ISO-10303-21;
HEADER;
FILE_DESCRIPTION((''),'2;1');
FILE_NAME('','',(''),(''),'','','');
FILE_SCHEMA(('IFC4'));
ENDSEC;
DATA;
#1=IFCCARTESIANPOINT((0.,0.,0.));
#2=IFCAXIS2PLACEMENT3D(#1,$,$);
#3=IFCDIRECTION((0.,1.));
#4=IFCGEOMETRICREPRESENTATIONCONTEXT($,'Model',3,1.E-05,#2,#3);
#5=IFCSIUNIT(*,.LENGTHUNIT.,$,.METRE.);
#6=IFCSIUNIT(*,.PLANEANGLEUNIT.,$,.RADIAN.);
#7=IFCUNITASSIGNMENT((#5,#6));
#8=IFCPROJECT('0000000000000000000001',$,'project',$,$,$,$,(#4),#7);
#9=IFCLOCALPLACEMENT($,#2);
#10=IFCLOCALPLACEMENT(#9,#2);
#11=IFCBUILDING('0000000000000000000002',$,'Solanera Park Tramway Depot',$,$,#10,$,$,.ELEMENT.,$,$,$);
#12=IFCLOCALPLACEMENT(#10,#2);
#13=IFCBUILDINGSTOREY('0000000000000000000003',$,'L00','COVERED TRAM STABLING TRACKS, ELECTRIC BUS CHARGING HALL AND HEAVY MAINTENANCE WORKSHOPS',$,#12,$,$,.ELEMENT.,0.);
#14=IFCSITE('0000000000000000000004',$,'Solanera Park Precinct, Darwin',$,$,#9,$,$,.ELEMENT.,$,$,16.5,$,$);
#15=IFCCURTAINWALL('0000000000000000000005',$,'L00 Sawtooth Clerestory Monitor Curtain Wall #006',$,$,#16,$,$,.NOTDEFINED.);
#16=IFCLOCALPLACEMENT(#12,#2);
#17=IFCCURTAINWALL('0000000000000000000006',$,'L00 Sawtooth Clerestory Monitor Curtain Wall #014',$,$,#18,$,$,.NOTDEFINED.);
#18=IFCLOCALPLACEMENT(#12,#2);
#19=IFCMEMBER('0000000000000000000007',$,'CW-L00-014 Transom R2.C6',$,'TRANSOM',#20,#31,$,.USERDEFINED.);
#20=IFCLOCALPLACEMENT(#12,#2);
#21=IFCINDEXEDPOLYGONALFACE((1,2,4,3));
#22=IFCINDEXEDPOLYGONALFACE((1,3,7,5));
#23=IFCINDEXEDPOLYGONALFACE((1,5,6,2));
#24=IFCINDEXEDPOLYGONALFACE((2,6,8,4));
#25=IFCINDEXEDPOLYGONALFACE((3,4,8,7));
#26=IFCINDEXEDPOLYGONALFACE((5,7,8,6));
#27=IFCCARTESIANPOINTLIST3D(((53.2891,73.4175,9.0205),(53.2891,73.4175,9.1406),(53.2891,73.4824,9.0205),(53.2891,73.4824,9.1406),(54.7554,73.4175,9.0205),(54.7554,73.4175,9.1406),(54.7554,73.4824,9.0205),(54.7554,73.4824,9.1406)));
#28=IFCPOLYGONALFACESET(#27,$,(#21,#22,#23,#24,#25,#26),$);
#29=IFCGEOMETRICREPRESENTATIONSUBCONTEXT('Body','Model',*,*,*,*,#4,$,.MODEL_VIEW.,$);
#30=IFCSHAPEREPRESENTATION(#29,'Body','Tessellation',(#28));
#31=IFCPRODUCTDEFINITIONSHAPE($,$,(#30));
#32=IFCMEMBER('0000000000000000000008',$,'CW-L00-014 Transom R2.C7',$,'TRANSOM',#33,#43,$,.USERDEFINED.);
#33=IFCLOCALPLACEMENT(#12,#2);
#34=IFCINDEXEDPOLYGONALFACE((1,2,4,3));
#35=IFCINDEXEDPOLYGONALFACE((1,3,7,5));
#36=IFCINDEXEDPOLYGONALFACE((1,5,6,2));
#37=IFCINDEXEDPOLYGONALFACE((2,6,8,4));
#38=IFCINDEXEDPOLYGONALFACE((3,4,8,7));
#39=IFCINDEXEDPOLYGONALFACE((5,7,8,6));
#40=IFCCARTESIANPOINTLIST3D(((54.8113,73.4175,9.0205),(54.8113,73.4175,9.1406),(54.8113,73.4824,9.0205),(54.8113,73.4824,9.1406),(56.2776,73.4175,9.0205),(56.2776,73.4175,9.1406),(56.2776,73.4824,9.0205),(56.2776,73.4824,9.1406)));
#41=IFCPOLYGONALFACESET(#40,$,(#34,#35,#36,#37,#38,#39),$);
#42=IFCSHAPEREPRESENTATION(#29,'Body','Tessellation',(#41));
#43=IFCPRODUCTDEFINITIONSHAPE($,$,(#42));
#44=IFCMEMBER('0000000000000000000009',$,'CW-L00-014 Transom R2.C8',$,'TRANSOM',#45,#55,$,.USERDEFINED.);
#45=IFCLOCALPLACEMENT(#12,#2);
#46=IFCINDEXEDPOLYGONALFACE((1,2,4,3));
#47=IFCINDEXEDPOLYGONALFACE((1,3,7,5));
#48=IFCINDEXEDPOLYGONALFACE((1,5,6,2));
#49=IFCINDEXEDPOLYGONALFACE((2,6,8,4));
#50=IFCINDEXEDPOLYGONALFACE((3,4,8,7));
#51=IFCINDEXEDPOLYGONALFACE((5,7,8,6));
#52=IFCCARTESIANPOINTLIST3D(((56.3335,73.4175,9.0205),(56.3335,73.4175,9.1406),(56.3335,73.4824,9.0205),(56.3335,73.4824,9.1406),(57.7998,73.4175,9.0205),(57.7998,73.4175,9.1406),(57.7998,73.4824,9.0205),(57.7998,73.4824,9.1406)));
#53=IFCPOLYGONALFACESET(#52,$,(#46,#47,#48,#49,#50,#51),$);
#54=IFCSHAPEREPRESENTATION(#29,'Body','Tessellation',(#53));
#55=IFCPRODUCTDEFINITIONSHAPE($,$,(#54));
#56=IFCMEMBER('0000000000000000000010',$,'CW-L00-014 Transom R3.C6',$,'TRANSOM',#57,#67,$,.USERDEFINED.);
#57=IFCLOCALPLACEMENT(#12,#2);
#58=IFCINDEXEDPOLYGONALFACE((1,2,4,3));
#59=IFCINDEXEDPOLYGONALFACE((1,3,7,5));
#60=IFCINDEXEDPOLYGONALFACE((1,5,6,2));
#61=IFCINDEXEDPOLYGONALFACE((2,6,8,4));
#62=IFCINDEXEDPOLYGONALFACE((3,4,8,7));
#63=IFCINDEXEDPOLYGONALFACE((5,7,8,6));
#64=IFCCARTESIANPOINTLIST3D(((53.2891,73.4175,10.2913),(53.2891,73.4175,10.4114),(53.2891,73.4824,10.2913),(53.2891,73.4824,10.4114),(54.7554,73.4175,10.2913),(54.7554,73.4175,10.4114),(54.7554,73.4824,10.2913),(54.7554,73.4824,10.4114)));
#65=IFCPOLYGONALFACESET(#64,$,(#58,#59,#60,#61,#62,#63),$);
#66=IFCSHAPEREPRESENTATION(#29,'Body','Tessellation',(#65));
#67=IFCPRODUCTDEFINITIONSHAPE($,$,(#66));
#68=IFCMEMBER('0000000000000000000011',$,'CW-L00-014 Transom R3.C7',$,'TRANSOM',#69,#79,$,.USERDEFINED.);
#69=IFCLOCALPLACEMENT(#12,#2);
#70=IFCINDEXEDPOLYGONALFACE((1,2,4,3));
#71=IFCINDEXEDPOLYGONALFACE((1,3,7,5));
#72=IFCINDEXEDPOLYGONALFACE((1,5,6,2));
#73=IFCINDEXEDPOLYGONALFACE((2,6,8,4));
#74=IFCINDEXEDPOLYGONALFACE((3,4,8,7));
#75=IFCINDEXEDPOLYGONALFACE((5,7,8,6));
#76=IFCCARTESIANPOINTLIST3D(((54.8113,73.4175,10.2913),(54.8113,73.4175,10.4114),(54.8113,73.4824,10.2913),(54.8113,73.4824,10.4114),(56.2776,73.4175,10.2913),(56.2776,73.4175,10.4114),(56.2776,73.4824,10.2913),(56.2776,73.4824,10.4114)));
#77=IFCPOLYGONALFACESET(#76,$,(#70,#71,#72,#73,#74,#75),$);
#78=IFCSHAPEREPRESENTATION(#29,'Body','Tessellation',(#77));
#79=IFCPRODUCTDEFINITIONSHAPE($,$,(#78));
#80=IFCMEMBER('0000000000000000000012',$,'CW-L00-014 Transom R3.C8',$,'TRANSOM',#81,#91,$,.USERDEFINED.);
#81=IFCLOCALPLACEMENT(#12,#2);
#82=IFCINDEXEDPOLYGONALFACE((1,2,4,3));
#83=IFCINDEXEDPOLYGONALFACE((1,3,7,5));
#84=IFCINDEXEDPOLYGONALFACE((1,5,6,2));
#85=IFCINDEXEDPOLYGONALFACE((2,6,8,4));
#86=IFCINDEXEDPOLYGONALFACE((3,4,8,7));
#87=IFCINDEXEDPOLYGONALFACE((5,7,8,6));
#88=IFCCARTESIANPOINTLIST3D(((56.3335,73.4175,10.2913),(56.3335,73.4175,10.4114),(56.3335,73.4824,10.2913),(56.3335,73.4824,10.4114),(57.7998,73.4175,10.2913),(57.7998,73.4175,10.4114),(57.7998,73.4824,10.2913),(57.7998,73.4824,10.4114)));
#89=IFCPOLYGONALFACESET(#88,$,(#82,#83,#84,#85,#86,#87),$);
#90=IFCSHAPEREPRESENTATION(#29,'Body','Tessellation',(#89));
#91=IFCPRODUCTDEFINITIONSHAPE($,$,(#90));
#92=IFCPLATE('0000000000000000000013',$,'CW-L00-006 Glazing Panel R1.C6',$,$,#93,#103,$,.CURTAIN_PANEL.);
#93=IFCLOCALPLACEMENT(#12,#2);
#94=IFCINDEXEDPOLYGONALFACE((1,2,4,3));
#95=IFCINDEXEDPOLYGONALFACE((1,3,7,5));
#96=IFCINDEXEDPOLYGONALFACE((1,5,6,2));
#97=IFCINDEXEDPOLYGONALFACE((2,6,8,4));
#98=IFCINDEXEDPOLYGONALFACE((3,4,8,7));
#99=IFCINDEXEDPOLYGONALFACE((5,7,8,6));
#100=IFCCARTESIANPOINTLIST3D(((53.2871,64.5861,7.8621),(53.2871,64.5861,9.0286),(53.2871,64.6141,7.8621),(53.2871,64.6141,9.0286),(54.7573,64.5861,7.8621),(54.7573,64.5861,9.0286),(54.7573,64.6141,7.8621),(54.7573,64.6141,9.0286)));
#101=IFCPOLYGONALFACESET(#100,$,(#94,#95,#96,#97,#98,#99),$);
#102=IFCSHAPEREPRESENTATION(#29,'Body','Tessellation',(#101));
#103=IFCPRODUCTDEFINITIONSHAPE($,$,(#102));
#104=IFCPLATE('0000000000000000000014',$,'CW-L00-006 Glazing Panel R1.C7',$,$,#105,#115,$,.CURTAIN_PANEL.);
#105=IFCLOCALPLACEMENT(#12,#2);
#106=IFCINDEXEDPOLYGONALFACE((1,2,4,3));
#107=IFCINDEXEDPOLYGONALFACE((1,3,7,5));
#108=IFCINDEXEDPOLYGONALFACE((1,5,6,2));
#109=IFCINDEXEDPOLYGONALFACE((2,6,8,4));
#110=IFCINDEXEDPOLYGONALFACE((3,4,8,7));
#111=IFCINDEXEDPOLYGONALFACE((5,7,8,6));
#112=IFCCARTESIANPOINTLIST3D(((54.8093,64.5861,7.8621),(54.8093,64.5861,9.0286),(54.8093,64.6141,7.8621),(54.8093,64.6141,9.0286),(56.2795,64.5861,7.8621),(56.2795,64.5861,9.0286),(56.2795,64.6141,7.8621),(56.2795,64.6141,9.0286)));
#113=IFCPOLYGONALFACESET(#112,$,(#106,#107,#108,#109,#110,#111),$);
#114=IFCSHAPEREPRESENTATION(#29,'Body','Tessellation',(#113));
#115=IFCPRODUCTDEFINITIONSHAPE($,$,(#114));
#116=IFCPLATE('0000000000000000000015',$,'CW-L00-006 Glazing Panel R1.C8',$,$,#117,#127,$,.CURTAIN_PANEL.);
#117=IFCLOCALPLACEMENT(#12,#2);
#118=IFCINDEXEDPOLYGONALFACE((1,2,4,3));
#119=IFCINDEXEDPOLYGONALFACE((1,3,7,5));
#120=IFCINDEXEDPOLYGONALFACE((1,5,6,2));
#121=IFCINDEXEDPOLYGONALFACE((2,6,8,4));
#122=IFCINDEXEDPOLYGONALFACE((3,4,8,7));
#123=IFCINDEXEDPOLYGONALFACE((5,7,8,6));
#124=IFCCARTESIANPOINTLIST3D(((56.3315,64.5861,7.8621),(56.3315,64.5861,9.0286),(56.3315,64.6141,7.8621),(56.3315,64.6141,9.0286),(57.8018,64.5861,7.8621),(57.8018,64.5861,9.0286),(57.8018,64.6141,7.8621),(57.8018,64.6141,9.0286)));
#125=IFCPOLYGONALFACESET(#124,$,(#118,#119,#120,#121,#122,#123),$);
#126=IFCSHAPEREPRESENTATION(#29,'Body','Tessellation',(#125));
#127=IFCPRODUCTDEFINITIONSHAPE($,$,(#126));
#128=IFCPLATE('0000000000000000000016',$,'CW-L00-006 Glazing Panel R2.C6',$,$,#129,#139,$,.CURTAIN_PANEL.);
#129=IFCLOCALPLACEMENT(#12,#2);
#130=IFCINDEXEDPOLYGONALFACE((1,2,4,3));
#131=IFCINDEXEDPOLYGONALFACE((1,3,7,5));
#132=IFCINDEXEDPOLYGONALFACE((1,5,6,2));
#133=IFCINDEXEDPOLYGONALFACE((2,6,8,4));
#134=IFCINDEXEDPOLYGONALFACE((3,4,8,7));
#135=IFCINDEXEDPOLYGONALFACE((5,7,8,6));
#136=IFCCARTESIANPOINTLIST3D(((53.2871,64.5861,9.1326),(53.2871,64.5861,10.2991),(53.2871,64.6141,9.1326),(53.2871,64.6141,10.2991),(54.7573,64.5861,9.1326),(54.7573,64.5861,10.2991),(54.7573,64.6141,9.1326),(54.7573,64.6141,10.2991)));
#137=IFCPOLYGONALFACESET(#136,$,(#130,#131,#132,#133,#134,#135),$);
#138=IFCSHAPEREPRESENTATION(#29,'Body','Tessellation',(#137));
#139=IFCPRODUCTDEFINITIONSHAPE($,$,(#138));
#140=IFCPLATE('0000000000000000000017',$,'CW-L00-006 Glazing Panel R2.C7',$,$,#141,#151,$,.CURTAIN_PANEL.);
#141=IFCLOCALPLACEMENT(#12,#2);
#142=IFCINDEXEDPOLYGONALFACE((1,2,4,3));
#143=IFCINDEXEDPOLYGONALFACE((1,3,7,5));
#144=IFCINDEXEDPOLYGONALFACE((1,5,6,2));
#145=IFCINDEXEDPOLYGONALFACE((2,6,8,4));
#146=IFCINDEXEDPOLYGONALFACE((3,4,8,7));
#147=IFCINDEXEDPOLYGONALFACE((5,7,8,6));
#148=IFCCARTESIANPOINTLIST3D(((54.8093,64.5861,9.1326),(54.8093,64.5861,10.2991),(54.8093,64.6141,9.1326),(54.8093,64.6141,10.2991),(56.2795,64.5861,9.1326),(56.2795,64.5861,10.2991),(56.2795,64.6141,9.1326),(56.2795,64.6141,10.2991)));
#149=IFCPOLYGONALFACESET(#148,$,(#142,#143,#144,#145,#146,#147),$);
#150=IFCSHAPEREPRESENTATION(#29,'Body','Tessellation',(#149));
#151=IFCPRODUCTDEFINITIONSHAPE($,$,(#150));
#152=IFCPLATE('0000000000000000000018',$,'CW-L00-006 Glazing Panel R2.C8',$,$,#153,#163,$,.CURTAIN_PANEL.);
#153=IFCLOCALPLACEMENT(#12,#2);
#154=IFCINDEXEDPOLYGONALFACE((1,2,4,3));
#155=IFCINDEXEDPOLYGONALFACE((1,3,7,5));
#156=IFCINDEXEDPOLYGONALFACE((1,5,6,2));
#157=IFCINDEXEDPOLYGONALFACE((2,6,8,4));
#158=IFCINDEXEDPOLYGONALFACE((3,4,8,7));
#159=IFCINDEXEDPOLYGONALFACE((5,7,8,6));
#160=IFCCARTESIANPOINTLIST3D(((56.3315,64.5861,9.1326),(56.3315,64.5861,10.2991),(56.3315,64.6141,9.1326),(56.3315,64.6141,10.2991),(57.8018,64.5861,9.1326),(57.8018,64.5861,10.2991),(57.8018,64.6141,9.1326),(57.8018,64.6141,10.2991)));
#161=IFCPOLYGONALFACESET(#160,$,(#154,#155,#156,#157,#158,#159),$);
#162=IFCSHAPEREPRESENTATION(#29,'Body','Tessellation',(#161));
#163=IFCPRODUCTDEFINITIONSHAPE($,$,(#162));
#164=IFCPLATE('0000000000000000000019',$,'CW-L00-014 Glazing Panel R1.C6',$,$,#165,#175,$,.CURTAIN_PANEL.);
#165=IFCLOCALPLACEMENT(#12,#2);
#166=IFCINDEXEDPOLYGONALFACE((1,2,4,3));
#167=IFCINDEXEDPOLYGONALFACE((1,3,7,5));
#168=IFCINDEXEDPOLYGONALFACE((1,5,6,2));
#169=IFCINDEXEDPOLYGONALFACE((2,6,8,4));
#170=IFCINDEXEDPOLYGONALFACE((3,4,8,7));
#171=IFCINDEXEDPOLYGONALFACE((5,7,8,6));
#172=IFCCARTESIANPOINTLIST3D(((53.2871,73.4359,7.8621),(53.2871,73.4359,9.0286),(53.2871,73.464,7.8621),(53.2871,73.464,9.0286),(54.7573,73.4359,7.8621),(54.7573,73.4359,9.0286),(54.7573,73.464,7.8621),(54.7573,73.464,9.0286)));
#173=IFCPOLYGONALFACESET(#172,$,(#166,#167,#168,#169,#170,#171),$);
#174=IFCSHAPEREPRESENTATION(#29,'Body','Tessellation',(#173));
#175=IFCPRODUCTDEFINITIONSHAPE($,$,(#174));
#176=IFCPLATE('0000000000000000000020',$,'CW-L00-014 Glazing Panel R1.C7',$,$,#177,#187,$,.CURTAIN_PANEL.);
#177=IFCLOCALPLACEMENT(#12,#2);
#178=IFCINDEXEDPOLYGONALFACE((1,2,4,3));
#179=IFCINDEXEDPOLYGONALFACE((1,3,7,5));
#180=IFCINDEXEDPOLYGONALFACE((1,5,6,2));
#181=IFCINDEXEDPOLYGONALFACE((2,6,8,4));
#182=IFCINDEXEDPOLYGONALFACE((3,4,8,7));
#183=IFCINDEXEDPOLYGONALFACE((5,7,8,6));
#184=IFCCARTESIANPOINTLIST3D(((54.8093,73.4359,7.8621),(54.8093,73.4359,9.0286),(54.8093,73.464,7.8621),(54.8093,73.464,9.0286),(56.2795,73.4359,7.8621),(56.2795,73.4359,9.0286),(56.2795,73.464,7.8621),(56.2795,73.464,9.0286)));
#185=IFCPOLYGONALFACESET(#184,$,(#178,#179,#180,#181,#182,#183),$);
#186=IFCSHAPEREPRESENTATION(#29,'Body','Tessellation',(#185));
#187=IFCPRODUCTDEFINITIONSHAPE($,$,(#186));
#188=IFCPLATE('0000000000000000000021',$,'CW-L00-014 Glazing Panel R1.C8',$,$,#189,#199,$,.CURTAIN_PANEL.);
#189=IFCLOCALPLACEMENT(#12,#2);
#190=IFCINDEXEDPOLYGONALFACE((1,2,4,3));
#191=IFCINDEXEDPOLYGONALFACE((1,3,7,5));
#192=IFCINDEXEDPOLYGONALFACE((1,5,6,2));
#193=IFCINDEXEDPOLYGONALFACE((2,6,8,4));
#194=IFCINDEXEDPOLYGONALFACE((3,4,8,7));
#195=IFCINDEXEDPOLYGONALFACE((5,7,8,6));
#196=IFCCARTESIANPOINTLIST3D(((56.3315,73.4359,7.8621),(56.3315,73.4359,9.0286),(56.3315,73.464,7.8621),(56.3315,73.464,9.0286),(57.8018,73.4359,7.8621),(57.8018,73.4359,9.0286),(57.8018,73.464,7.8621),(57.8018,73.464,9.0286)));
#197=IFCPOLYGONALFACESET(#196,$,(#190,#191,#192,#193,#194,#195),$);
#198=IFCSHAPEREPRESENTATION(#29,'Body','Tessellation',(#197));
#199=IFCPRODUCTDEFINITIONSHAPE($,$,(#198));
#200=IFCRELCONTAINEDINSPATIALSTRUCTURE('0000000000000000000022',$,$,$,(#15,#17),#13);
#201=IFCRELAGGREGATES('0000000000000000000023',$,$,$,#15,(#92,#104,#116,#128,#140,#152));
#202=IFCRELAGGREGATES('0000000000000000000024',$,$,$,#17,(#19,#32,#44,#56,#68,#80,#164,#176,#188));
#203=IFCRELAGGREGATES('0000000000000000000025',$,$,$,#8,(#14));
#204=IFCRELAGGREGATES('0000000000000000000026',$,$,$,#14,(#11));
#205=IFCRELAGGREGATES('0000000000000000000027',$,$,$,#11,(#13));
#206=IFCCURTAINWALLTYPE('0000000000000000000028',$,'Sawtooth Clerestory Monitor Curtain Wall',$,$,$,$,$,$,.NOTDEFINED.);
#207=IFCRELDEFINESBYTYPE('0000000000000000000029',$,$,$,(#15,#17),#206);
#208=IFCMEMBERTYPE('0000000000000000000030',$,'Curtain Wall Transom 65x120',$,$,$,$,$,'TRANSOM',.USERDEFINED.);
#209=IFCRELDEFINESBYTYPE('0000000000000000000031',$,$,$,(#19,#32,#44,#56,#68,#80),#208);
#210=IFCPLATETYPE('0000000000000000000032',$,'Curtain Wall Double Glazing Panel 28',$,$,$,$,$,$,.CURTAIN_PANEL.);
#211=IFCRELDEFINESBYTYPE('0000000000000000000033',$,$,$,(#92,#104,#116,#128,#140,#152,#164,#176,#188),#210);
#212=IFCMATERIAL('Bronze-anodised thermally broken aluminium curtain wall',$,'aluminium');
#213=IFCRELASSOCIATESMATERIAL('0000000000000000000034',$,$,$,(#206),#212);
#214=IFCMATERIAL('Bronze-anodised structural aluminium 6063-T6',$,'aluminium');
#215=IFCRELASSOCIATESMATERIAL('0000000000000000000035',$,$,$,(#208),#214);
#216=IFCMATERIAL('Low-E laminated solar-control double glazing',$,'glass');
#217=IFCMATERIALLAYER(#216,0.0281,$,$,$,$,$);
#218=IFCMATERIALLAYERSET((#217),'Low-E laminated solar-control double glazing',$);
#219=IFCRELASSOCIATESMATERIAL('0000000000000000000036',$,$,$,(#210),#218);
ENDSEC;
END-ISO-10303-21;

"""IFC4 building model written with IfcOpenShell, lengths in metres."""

from ifc_helpers import new_model, si_unit, direction, frame, origin, origin_2d, place, context, subcontext, project, spatial, rectangle, extrude, material, layer, layer_set, material_profile, profile_set, type_object, element, aggregate, save


model = new_model("IFC4")

# Units and contexts
model_context = context("Model", 3, precision=1e-05, world=origin(), true_north=direction((0.0, 1.0)))
body_context = subcontext(model_context, "Body", "Model", "MODEL_VIEW")
ifc_project = project(units=[si_unit("LENGTHUNIT", "METRE"), si_unit("PLANEANGLEUNIT", "RADIAN")], contexts=[model_context])

# Site, building, storey
site_placement = place(None, origin())
site = spatial("IfcSite", under=ifc_project, at=site_placement, Name="Solanera Park Precinct, Darwin", CompositionType="ELEMENT", RefElevation=16.5)
building_placement = place(site_placement, origin())
building = spatial("IfcBuilding", under=site, at=building_placement, Name="Solanera Park Tramway Depot", CompositionType="ELEMENT")
storey_placement = place(building_placement, origin())
storey = spatial("IfcBuildingStorey", under=building, at=storey_placement, Name="L00", Description="COVERED TRAM STABLING TRACKS, ELECTRIC BUS CHARGING HALL AND HEAVY MAINTENANCE WORKSHOPS", CompositionType="ELEMENT", Elevation=0.0)

# Curtain walls
ifc_material_1 = material(Name="Bronze-anodised thermally broken aluminium curtain wall", Category="aluminium")
curtain_wall_type = type_object("IfcCurtainWallType", Name="Sawtooth Clerestory Monitor Curtain Wall", PredefinedType="NOTDEFINED", material=ifc_material_1)
curtain_wall_1_placement = place(storey_placement, origin())
curtain_wall_1 = element("IfcCurtainWall", 1, at=curtain_wall_1_placement, inside=storey, type_object=curtain_wall_type, Name="L00 Sawtooth Clerestory Monitor Curtain Wall #006", PredefinedType="NOTDEFINED")
curtain_wall_2_placement = place(storey_placement, origin())
curtain_wall_2 = element("IfcCurtainWall", 2, at=curtain_wall_2_placement, inside=storey, type_object=curtain_wall_type, Name="L00 Sawtooth Clerestory Monitor Curtain Wall #014", PredefinedType="NOTDEFINED")

# Members
ifc_material_2 = material(Name="Bronze-anodised structural aluminium 6063-T6", Category="aluminium")
ifc_material_profile_1 = material_profile(ifc_material_2, rectangle(XDim=0.0649, YDim=0.1201, at=origin_2d()), Name="Curtain Wall Transom 65x120")
ifc_profile_set_1 = profile_set([ifc_material_profile_1], Name="Bronze-anodised structural aluminium 6063-T6")
member_type_1 = type_object("IfcMemberType", Name="Curtain Wall Transom 65x120", ElementType="TRANSOM", PredefinedType="USERDEFINED", material=ifc_profile_set_1)
member_1_placement = place(storey_placement, frame((53.2891, 73.45, 9.0806), z_axis=(1.0, 0.0, 0.0), x_axis=(0.0, 1.0, 0.0)))
member_1 = element("IfcMember", 3, at=member_1_placement, type_object=member_type_1, Name="CW-L00-014 Transom R2.C6", ObjectType="TRANSOM", PredefinedType="USERDEFINED", context=body_context, shape_type="SweptSolid", body=[
    extrude(rectangle(XDim=0.0649, YDim=0.1201, at=origin_2d()), origin(), (0.0, 0.0, 1.0), 1.4663),
])
member_2_placement = place(storey_placement, frame((54.8113, 73.45, 9.0806), z_axis=(1.0, 0.0, 0.0), x_axis=(0.0, 1.0, 0.0)))
member_2 = element("IfcMember", 4, at=member_2_placement, type_object=member_type_1, Name="CW-L00-014 Transom R2.C7", ObjectType="TRANSOM", PredefinedType="USERDEFINED", context=body_context, shape_type="SweptSolid", body=[
    extrude(rectangle(XDim=0.0649, YDim=0.1201, at=origin_2d()), origin(), (0.0, 0.0, 1.0), 1.4663),
])
member_3_placement = place(storey_placement, frame((56.3335, 73.45, 9.0806), z_axis=(1.0, 0.0, 0.0), x_axis=(0.0, 1.0, 0.0)))
member_3 = element("IfcMember", 5, at=member_3_placement, type_object=member_type_1, Name="CW-L00-014 Transom R2.C8", ObjectType="TRANSOM", PredefinedType="USERDEFINED", context=body_context, shape_type="SweptSolid", body=[
    extrude(rectangle(XDim=0.0649, YDim=0.1201, at=origin_2d()), origin(), (0.0, 0.0, 1.0), 1.4663),
])
member_4_placement = place(storey_placement, frame((53.2891, 73.45, 10.3513), z_axis=(1.0, 0.0, 0.0), x_axis=(0.0, 1.0, 0.0)))
member_4 = element("IfcMember", 6, at=member_4_placement, type_object=member_type_1, Name="CW-L00-014 Transom R3.C6", ObjectType="TRANSOM", PredefinedType="USERDEFINED", context=body_context, shape_type="SweptSolid", body=[
    extrude(rectangle(XDim=0.0649, YDim=0.1201, at=origin_2d()), origin(), (0.0, 0.0, 1.0), 1.4663),
])
member_5_placement = place(storey_placement, frame((54.8113, 73.45, 10.3513), z_axis=(1.0, 0.0, 0.0), x_axis=(0.0, 1.0, 0.0)))
member_5 = element("IfcMember", 7, at=member_5_placement, type_object=member_type_1, Name="CW-L00-014 Transom R3.C7", ObjectType="TRANSOM", PredefinedType="USERDEFINED", context=body_context, shape_type="SweptSolid", body=[
    extrude(rectangle(XDim=0.0649, YDim=0.1201, at=origin_2d()), origin(), (0.0, 0.0, 1.0), 1.4663),
])
member_6_placement = place(storey_placement, frame((56.3335, 73.45, 10.3513), z_axis=(1.0, 0.0, 0.0), x_axis=(0.0, 1.0, 0.0)))
member_6 = element("IfcMember", 8, at=member_6_placement, type_object=member_type_1, Name="CW-L00-014 Transom R3.C8", ObjectType="TRANSOM", PredefinedType="USERDEFINED", context=body_context, shape_type="SweptSolid", body=[
    extrude(rectangle(XDim=0.0649, YDim=0.1201, at=origin_2d()), origin(), (0.0, 0.0, 1.0), 1.4663),
])

# Plates
ifc_material_3 = material(Name="Low-E laminated solar-control double glazing", Category="glass")
ifc_layer = layer(ifc_material_3, 0.0281)
ifc_layer_set = layer_set([ifc_layer], Name="Low-E laminated solar-control double glazing")
plate_type = type_object("IfcPlateType", Name="Curtain Wall Double Glazing Panel 28", PredefinedType="CURTAIN_PANEL", material=ifc_layer_set)
plate_1_placement = place(storey_placement, frame((54.0222, 64.6001, 7.8621), z_axis=(0.0, 0.0, 1.0), x_axis=(1.0, 0.0, 0.0)))
plate_1 = element("IfcPlate", 9, at=plate_1_placement, type_object=plate_type, Name="CW-L00-006 Glazing Panel R1.C6", PredefinedType="CURTAIN_PANEL", context=body_context, shape_type="SweptSolid", body=[
    extrude(rectangle(XDim=1.4702, YDim=0.0281, at=origin_2d()), origin(), (0.0, 0.0, 1.0), 1.1665),
])
plate_2_placement = place(storey_placement, frame((55.5444, 64.6001, 7.8621), z_axis=(0.0, 0.0, 1.0), x_axis=(1.0, 0.0, 0.0)))
plate_2 = element("IfcPlate", 10, at=plate_2_placement, type_object=plate_type, Name="CW-L00-006 Glazing Panel R1.C7", PredefinedType="CURTAIN_PANEL", context=body_context, shape_type="SweptSolid", body=[
    extrude(rectangle(XDim=1.4702, YDim=0.0281, at=origin_2d()), origin(), (0.0, 0.0, 1.0), 1.1665),
])
plate_3_placement = place(storey_placement, frame((57.0667, 64.6001, 7.8621), z_axis=(0.0, 0.0, 1.0), x_axis=(1.0, 0.0, 0.0)))
plate_3 = element("IfcPlate", 11, at=plate_3_placement, type_object=plate_type, Name="CW-L00-006 Glazing Panel R1.C8", PredefinedType="CURTAIN_PANEL", context=body_context, shape_type="SweptSolid", body=[
    extrude(rectangle(XDim=1.4702, YDim=0.0281, at=origin_2d()), origin(), (0.0, 0.0, 1.0), 1.1665),
])
plate_4_placement = place(storey_placement, frame((54.0222, 64.6001, 9.1326), z_axis=(0.0, 0.0, 1.0), x_axis=(1.0, 0.0, 0.0)))
plate_4 = element("IfcPlate", 12, at=plate_4_placement, type_object=plate_type, Name="CW-L00-006 Glazing Panel R2.C6", PredefinedType="CURTAIN_PANEL", context=body_context, shape_type="SweptSolid", body=[
    extrude(rectangle(XDim=1.4702, YDim=0.0281, at=origin_2d()), origin(), (0.0, 0.0, 1.0), 1.1665),
])
plate_5_placement = place(storey_placement, frame((55.5444, 64.6001, 9.1326), z_axis=(0.0, 0.0, 1.0), x_axis=(1.0, 0.0, 0.0)))
plate_5 = element("IfcPlate", 13, at=plate_5_placement, type_object=plate_type, Name="CW-L00-006 Glazing Panel R2.C7", PredefinedType="CURTAIN_PANEL", context=body_context, shape_type="SweptSolid", body=[
    extrude(rectangle(XDim=1.4702, YDim=0.0281, at=origin_2d()), origin(), (0.0, 0.0, 1.0), 1.1665),
])
plate_6_placement = place(storey_placement, frame((57.0667, 64.6001, 9.1326), z_axis=(0.0, 0.0, 1.0), x_axis=(1.0, 0.0, 0.0)))
plate_6 = element("IfcPlate", 14, at=plate_6_placement, type_object=plate_type, Name="CW-L00-006 Glazing Panel R2.C8", PredefinedType="CURTAIN_PANEL", context=body_context, shape_type="SweptSolid", body=[
    extrude(rectangle(XDim=1.4702, YDim=0.0281, at=origin_2d()), origin(), (0.0, 0.0, 1.0), 1.1665),
])
aggregate(curtain_wall_1, [plate_1, plate_2, plate_3, plate_4, plate_5, plate_6])
plate_7_placement = place(storey_placement, frame((54.0222, 73.45, 7.8621), z_axis=(0.0, 0.0, 1.0), x_axis=(1.0, 0.0, 0.0)))
plate_7 = element("IfcPlate", 15, at=plate_7_placement, type_object=plate_type, Name="CW-L00-014 Glazing Panel R1.C6", PredefinedType="CURTAIN_PANEL", context=body_context, shape_type="SweptSolid", body=[
    extrude(rectangle(XDim=1.4702, YDim=0.0281, at=origin_2d()), origin(), (0.0, 0.0, 1.0), 1.1665),
])
plate_8_placement = place(storey_placement, frame((55.5444, 73.45, 7.8621), z_axis=(0.0, 0.0, 1.0), x_axis=(1.0, 0.0, 0.0)))
plate_8 = element("IfcPlate", 16, at=plate_8_placement, type_object=plate_type, Name="CW-L00-014 Glazing Panel R1.C7", PredefinedType="CURTAIN_PANEL", context=body_context, shape_type="SweptSolid", body=[
    extrude(rectangle(XDim=1.4702, YDim=0.0281, at=origin_2d()), origin(), (0.0, 0.0, 1.0), 1.1665),
])
plate_9_placement = place(storey_placement, frame((57.0667, 73.45, 7.8621), z_axis=(0.0, 0.0, 1.0), x_axis=(1.0, 0.0, 0.0)))
plate_9 = element("IfcPlate", 17, at=plate_9_placement, type_object=plate_type, Name="CW-L00-014 Glazing Panel R1.C8", PredefinedType="CURTAIN_PANEL", context=body_context, shape_type="SweptSolid", body=[
    extrude(rectangle(XDim=1.4702, YDim=0.0281, at=origin_2d()), origin(), (0.0, 0.0, 1.0), 1.1665),
])
aggregate(curtain_wall_2, [member_1, member_2, member_3, member_4, member_5, member_6, plate_7, plate_8, plate_9])

save(model, "model.ifc")
